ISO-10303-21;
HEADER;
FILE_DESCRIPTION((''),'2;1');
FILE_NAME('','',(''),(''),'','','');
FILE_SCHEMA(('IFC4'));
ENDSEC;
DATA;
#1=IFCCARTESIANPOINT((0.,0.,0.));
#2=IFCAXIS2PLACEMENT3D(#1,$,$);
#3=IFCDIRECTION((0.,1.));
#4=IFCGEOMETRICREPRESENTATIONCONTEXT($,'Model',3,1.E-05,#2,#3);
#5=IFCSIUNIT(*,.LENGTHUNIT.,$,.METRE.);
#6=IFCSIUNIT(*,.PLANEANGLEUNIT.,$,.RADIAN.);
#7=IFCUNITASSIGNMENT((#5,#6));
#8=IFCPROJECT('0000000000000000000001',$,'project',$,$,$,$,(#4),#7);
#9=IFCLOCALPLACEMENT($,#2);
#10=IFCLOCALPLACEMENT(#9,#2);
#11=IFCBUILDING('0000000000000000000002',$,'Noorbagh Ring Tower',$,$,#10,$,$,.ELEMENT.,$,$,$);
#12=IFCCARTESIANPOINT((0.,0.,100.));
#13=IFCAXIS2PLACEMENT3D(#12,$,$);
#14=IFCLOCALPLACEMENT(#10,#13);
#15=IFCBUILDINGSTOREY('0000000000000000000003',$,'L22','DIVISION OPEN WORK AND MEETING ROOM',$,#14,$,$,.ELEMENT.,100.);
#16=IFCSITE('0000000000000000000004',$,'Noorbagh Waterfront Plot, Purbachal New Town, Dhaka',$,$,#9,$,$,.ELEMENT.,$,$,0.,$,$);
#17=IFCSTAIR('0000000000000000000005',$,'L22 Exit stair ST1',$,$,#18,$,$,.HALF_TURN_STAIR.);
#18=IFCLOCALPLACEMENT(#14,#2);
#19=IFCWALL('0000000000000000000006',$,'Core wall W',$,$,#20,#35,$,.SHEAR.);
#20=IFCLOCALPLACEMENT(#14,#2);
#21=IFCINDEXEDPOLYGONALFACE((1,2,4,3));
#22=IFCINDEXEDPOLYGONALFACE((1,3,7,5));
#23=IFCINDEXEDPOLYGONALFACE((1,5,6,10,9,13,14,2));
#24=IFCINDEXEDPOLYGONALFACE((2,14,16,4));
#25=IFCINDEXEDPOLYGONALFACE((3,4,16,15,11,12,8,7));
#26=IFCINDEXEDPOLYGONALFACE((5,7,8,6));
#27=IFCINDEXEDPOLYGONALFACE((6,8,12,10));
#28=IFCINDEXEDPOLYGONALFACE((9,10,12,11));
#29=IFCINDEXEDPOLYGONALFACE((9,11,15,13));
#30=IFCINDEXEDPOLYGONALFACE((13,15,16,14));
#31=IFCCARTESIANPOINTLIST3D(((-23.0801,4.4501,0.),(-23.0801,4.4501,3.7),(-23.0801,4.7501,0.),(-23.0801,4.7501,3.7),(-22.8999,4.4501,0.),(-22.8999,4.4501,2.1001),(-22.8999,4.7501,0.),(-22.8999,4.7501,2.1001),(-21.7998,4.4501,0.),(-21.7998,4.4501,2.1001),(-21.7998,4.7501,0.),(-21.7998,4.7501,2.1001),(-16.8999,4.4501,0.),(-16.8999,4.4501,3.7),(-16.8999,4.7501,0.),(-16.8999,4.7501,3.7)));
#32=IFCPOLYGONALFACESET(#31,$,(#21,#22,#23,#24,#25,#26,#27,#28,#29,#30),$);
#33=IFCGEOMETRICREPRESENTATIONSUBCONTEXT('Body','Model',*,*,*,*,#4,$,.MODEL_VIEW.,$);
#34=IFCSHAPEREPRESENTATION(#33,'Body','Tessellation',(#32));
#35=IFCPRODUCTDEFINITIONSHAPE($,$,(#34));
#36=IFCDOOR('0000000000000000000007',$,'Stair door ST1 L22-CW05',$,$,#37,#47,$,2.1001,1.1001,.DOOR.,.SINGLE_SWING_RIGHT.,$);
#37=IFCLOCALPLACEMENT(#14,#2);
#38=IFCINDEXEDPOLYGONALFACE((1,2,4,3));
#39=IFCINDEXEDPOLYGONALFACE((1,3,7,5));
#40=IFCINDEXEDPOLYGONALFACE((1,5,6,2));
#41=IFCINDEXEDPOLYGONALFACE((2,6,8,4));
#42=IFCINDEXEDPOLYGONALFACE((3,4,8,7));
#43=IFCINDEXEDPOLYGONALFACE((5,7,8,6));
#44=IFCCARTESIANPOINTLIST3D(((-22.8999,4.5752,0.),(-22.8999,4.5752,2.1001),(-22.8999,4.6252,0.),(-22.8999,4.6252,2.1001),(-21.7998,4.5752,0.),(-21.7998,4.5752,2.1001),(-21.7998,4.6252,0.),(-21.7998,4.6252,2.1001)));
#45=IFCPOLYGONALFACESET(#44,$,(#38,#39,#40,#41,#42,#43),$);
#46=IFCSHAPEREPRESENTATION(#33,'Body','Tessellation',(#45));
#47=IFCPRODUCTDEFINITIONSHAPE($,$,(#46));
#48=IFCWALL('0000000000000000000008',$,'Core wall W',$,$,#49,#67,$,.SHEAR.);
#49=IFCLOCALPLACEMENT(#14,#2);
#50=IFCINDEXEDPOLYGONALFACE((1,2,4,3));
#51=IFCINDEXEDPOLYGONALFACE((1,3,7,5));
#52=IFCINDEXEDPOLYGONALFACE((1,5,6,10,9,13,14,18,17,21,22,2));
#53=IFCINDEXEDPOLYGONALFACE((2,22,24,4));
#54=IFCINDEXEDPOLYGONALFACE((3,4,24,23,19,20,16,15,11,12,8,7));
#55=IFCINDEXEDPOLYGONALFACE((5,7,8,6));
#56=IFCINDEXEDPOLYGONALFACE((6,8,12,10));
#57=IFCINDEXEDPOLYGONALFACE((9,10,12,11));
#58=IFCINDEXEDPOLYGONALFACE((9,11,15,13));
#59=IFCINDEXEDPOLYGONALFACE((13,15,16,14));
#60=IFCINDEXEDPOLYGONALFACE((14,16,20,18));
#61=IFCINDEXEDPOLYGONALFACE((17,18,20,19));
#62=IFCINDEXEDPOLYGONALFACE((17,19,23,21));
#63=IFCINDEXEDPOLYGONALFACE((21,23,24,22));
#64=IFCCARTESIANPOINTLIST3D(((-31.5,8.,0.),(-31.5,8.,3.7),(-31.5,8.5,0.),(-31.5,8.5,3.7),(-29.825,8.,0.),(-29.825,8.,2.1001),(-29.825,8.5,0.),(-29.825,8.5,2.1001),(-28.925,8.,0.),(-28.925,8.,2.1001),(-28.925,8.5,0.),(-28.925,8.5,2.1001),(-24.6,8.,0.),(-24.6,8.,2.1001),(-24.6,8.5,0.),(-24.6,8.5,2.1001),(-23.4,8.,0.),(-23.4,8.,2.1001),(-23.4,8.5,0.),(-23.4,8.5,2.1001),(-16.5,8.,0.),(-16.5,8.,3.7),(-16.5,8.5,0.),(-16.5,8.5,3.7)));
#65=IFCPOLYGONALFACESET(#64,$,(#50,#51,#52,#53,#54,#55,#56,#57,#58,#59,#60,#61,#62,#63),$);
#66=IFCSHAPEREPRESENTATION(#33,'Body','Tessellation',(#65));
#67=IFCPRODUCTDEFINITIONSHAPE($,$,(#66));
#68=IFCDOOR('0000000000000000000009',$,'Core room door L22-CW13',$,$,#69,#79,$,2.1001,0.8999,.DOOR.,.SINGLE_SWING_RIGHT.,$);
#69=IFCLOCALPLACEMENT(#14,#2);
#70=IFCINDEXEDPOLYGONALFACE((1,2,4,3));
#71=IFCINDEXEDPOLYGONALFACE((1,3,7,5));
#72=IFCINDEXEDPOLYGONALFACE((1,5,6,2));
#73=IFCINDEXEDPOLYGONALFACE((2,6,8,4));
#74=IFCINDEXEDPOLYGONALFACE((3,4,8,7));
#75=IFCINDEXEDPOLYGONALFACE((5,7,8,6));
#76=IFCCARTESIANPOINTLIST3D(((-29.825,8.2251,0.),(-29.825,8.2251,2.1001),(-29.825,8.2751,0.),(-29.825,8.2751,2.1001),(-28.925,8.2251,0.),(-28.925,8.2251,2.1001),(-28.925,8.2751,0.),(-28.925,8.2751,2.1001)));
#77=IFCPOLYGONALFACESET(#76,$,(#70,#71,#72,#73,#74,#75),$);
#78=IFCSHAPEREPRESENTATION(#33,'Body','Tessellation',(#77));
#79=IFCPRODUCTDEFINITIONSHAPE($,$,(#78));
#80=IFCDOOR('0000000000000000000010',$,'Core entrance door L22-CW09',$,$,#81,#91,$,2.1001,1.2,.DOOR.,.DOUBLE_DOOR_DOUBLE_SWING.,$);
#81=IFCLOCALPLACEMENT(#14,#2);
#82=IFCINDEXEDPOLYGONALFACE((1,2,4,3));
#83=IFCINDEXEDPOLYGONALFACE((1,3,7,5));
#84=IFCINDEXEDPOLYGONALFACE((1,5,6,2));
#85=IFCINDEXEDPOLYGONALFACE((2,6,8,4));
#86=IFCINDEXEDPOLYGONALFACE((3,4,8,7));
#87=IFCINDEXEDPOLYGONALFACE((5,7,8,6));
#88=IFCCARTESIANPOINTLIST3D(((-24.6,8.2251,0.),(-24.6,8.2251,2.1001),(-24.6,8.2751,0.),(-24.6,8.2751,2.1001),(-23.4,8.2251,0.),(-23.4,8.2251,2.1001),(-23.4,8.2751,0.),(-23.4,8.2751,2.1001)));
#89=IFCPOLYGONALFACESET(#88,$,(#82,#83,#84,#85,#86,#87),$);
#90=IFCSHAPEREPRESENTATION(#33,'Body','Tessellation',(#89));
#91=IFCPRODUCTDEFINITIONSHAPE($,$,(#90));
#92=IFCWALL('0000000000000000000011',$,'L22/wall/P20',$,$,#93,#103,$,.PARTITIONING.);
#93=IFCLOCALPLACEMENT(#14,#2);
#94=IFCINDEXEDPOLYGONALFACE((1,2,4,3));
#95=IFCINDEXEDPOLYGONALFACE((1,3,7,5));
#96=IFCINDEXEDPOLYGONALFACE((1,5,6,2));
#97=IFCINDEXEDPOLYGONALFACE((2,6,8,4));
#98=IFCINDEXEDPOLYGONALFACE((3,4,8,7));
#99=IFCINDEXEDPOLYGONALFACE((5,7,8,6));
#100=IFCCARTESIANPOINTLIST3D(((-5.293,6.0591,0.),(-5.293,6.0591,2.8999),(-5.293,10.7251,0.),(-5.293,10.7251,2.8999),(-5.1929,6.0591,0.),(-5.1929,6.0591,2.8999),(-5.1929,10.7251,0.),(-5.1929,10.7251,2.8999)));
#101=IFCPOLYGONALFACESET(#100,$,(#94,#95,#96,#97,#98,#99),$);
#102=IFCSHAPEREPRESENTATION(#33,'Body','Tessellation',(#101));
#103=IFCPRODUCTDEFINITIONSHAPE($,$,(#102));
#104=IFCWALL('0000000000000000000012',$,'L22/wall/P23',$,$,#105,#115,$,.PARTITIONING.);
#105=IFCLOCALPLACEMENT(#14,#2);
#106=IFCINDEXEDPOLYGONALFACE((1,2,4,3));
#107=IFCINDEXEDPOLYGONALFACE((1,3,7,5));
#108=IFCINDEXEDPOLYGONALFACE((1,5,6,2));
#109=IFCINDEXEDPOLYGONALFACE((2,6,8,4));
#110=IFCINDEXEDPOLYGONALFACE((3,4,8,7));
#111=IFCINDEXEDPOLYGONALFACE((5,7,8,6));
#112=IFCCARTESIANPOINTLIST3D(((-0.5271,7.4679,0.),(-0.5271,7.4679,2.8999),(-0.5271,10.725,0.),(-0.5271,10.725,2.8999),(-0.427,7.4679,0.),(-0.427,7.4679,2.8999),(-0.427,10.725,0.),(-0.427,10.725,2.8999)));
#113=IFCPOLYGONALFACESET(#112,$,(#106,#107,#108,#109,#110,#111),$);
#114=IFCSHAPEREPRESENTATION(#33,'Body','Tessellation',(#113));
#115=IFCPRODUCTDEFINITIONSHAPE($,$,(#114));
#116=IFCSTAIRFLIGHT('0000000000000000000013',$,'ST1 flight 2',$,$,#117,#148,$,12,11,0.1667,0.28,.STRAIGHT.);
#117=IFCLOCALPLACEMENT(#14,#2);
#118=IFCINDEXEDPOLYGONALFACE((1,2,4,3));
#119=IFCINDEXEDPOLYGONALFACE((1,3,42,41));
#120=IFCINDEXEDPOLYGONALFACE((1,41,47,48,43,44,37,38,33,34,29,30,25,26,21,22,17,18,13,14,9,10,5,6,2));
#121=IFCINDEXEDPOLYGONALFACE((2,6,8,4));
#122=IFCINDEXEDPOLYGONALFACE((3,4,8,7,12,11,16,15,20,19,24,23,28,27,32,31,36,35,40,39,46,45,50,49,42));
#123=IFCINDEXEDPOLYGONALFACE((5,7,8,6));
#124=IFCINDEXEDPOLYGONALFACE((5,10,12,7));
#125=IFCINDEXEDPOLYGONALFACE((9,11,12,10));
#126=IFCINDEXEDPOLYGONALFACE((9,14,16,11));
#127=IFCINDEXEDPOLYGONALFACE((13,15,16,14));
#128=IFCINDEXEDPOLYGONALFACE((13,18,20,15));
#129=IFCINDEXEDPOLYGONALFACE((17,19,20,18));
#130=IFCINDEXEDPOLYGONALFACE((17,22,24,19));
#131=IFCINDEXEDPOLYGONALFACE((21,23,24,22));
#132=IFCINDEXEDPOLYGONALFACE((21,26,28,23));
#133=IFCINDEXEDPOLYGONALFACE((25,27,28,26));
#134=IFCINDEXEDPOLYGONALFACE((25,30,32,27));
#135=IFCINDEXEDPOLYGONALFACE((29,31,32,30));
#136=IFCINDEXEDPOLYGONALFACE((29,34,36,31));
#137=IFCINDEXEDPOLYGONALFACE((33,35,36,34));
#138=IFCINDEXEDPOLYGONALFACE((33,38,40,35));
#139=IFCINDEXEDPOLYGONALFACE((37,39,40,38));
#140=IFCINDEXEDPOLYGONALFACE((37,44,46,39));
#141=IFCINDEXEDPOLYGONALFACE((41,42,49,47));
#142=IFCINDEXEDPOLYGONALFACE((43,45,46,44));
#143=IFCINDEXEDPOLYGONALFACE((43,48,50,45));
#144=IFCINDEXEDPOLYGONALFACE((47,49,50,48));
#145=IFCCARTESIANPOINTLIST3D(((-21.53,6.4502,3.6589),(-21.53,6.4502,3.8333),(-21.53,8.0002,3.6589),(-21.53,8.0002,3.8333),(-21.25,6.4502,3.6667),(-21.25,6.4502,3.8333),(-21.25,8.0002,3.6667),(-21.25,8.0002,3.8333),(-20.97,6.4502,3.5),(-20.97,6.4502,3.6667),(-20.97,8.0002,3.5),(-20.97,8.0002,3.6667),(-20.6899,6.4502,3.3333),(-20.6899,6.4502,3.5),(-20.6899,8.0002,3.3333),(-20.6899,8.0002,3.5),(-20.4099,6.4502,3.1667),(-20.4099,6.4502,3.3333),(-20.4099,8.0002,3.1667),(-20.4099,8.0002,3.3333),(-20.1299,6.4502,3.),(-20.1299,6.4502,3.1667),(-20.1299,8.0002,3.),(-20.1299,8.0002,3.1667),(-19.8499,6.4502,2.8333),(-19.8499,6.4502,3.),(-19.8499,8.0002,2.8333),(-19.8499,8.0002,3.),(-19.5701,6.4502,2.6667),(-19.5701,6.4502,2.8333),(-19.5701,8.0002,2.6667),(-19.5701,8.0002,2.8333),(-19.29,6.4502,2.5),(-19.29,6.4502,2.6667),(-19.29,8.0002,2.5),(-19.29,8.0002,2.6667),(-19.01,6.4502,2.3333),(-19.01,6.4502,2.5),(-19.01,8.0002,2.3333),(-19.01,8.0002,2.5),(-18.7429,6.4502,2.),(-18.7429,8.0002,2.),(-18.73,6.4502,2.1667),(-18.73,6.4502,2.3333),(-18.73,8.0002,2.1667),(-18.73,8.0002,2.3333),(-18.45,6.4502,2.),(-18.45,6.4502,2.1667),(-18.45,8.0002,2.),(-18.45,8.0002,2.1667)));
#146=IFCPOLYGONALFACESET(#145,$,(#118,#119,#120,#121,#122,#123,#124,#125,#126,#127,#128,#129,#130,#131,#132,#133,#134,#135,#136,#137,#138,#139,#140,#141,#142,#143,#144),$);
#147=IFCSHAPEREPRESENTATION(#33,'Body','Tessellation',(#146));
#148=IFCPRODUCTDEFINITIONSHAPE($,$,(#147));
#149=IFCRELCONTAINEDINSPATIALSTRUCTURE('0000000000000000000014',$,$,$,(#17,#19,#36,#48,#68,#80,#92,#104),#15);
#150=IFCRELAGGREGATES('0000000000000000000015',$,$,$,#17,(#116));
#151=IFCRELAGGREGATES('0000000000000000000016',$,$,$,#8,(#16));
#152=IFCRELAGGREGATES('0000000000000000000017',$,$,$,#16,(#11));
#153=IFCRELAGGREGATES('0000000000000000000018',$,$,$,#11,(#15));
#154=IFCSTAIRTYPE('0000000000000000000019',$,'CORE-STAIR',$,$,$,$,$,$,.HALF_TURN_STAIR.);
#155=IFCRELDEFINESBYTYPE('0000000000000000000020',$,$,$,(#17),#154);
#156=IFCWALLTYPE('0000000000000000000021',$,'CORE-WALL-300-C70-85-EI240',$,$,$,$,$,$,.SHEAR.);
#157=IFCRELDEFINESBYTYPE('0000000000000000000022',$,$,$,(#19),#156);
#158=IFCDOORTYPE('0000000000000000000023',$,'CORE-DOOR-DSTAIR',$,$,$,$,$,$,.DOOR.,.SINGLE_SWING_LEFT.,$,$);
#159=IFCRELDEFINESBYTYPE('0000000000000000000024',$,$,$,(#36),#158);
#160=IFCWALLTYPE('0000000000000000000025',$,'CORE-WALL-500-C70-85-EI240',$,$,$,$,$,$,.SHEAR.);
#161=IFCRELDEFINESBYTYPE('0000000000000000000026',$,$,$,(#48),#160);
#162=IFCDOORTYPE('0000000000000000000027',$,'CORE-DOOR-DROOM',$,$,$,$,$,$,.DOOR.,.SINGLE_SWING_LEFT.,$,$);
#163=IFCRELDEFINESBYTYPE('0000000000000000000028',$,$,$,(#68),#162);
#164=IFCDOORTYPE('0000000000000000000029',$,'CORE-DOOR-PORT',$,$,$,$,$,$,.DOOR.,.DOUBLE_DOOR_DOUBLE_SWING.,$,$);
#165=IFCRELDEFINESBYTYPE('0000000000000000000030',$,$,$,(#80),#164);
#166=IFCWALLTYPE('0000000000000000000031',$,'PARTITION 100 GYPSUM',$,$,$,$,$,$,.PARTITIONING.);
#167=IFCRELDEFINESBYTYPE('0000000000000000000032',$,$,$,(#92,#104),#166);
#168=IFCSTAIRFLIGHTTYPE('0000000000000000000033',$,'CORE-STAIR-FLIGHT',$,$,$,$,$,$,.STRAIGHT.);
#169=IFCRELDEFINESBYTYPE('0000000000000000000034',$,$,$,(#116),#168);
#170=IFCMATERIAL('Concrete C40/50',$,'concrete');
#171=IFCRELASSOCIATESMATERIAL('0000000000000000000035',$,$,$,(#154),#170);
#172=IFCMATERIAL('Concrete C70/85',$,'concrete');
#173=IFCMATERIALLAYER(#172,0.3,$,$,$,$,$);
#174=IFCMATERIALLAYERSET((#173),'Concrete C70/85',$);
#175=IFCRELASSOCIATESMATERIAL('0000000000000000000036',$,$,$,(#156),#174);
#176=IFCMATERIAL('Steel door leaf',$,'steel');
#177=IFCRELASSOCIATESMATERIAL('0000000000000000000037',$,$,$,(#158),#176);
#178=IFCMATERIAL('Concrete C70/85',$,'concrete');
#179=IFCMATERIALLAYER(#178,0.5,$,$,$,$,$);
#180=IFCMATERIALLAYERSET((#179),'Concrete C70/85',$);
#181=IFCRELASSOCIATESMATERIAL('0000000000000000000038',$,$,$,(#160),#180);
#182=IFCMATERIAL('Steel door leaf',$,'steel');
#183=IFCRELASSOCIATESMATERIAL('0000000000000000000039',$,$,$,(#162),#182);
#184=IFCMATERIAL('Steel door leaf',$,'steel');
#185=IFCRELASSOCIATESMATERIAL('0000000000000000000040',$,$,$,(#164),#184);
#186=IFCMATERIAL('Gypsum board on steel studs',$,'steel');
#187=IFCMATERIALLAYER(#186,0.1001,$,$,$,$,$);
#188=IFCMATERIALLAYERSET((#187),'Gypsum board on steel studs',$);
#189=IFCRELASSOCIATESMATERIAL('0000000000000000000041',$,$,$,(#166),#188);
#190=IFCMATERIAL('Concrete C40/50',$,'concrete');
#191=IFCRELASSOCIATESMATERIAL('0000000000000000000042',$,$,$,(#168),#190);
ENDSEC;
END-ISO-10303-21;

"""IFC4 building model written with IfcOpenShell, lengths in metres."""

from ifc_helpers import new_model, si_unit, direction, frame, frame_2d, origin, place, context, subcontext, project, spatial, polyline, rectangle, outline, extrude, material, layer, layer_set, type_object, element, fill, aggregate, save


model = new_model("IFC4")

# Units and contexts
model_context = context("Model", 3, precision=1e-05, world=origin(), true_north=direction((0.0, 1.0)))
body_context = subcontext(model_context, "Body", "Model", "MODEL_VIEW")
ifc_project = project(units=[si_unit("LENGTHUNIT", "METRE"), si_unit("PLANEANGLEUNIT", "RADIAN")], contexts=[model_context])

# Site, building, storey
site_placement = place(None, origin())
site = spatial("IfcSite", under=ifc_project, at=site_placement, Name="Noorbagh Waterfront Plot, Purbachal New Town, Dhaka", CompositionType="ELEMENT", RefElevation=0.0)
building_placement = place(site_placement, origin())
building = spatial("IfcBuilding", under=site, at=building_placement, Name="Noorbagh Ring Tower", CompositionType="ELEMENT")
storey_placement = place(building_placement, frame((0.0, 0.0, 100.0)))
storey = spatial("IfcBuildingStorey", under=building, at=storey_placement, Name="L22", Description="DIVISION OPEN WORK AND MEETING ROOM", CompositionType="ELEMENT", Elevation=100.0)

# Stair
ifc_material_1 = material(Name="Concrete C40/50", Category="concrete")
stair_type = type_object("IfcStairType", Name="CORE-STAIR", PredefinedType="HALF_TURN_STAIR", material=ifc_material_1)
stair_1_placement = place(storey_placement, origin())
stair_1 = element("IfcStair", 1, at=stair_1_placement, inside=storey, type_object=stair_type, Name="L22 Exit stair ST1", PredefinedType="HALF_TURN_STAIR")

# Wall, opening, door
ifc_material_2 = material(Name="Concrete C70/85", Category="concrete")
ifc_layer_1 = layer(ifc_material_2, 0.3)
ifc_layer_set_1 = layer_set([ifc_layer_1], Name="Concrete C70/85")
wall_type_1 = type_object("IfcWallType", Name="CORE-WALL-300-C70-85-EI240", PredefinedType="SHEAR", material=ifc_layer_set_1)
wall_1_placement = place(storey_placement, frame((-16.8999, 4.6001, 0.0), z_axis=(0.0, 0.0, 1.0), x_axis=(-1.0, 0.0, 0.0)))
wall_1 = element("IfcWall", 2, at=wall_1_placement, inside=storey, type_object=wall_type_1, Name="Core wall W", PredefinedType="SHEAR", context=body_context, shape_type="SweptSolid", body=[
    extrude(rectangle(XDim=6.1802, YDim=0.3, at=frame_2d((3.0901, 0.0))), origin(), (0.0, 0.0, 1.0), 3.7),
])
opening_1_placement = place(wall_1_placement, frame((4.8999, 0.0, 0.0)))
opening_1 = element("IfcOpeningElement", 3, at=opening_1_placement, cuts=wall_1, PredefinedType="OPENING", context=body_context, shape_type="SweptSolid", body=[
    extrude(rectangle(XDim=1.1001, YDim=2.1001, at=frame_2d((0.55, 1.05))), frame((0.0, 0.1602, 0.0), z_axis=(0.0, -1.0, 0.0), x_axis=(1.0, 0.0, 0.0)), (0.0, 0.0, 1.0), 0.3201),
])
ifc_material_3 = material(Name="Steel door leaf", Category="steel")
door_type_1 = type_object("IfcDoorType", Name="CORE-DOOR-DSTAIR", OperationType="SINGLE_SWING_LEFT", PredefinedType="DOOR", material=ifc_material_3)
door_1_placement = place(opening_1_placement, origin())
door_1 = element("IfcDoor", 4, at=door_1_placement, inside=storey, type_object=door_type_1, Name="Stair door ST1 L22-CW05", OperationType="SINGLE_SWING_RIGHT", OverallHeight=2.1001, OverallWidth=1.1001, PredefinedType="DOOR", context=body_context, shape_type="SweptSolid", body=[
    extrude(rectangle(XDim=1.1001, YDim=2.1001, at=frame_2d((0.55, 1.05))), frame((0.0, 0.0249, 0.0), z_axis=(0.0, -1.0, 0.0), x_axis=(1.0, 0.0, 0.0)), (0.0, 0.0, 1.0), 0.05),
])
fill(opening_1, door_1)

# Wall, openings, doors
ifc_material_4 = material(Name="Concrete C70/85", Category="concrete")
ifc_layer_2 = layer(ifc_material_4, 0.5)
ifc_layer_set_2 = layer_set([ifc_layer_2], Name="Concrete C70/85")
wall_type_2 = type_object("IfcWallType", Name="CORE-WALL-500-C70-85-EI240", PredefinedType="SHEAR", material=ifc_layer_set_2)
wall_2_placement = place(storey_placement, frame((-16.5, 8.25, 0.0), z_axis=(0.0, 0.0, 1.0), x_axis=(-1.0, 0.0, 0.0)))
wall_2 = element("IfcWall", 5, at=wall_2_placement, inside=storey, type_object=wall_type_2, Name="Core wall W", PredefinedType="SHEAR", context=body_context, shape_type="SweptSolid", body=[
    extrude(rectangle(XDim=15.0, YDim=0.5, at=frame_2d((7.5, 0.0))), origin(), (0.0, 0.0, 1.0), 3.7),
])
opening_2_placement = place(wall_2_placement, frame((6.8999, 0.0, 0.0)))
opening_2 = element("IfcOpeningElement", 6, at=opening_2_placement, cuts=wall_2, PredefinedType="OPENING", context=body_context, shape_type="SweptSolid", body=[
    extrude(rectangle(XDim=1.2, YDim=2.1001, at=frame_2d((0.6001, 1.05))), frame((0.0, 0.26, 0.0), z_axis=(0.0, -1.0, 0.0), x_axis=(1.0, 0.0, 0.0)), (0.0, 0.0, 1.0), 0.52),
])
opening_3_placement = place(wall_2_placement, frame((12.425, 0.0, 0.0)))
opening_3 = element("IfcOpeningElement", 7, at=opening_3_placement, cuts=wall_2, PredefinedType="OPENING", context=body_context, shape_type="SweptSolid", body=[
    extrude(rectangle(XDim=0.8999, YDim=2.1001, at=frame_2d((0.45, 1.05))), frame((0.0, 0.26, 0.0), z_axis=(0.0, -1.0, 0.0), x_axis=(1.0, 0.0, 0.0)), (0.0, 0.0, 1.0), 0.52),
])
ifc_material_5 = material(Name="Steel door leaf", Category="steel")
door_type_2 = type_object("IfcDoorType", Name="CORE-DOOR-DROOM", OperationType="SINGLE_SWING_LEFT", PredefinedType="DOOR", material=ifc_material_5)
door_2_placement = place(opening_3_placement, origin())
door_2 = element("IfcDoor", 8, at=door_2_placement, inside=storey, type_object=door_type_2, Name="Core room door L22-CW13", OperationType="SINGLE_SWING_RIGHT", OverallHeight=2.1001, OverallWidth=0.8999, PredefinedType="DOOR", context=body_context, shape_type="SweptSolid", body=[
    extrude(rectangle(XDim=0.8999, YDim=2.1001, at=frame_2d((0.45, 1.05))), frame((0.0, 0.0249, 0.0), z_axis=(0.0, -1.0, 0.0), x_axis=(1.0, 0.0, 0.0)), (0.0, 0.0, 1.0), 0.05),
])
fill(opening_3, door_2)
ifc_material_6 = material(Name="Steel door leaf", Category="steel")
door_type_3 = type_object("IfcDoorType", Name="CORE-DOOR-PORT", OperationType="DOUBLE_DOOR_DOUBLE_SWING", PredefinedType="DOOR", material=ifc_material_6)
door_3_placement = place(opening_2_placement, origin())
door_3 = element("IfcDoor", 9, at=door_3_placement, inside=storey, type_object=door_type_3, Name="Core entrance door L22-CW09", OperationType="DOUBLE_DOOR_DOUBLE_SWING", OverallHeight=2.1001, OverallWidth=1.2, PredefinedType="DOOR", context=body_context, shape_type="SweptSolid", body=[
    extrude(rectangle(XDim=1.2, YDim=2.1001, at=frame_2d((0.6001, 1.05))), frame((0.0, 0.0249, 0.0), z_axis=(0.0, -1.0, 0.0), x_axis=(1.0, 0.0, 0.0)), (0.0, 0.0, 1.0), 0.05),
])
fill(opening_2, door_3)

# Walls
ifc_material_7 = material(Name="Gypsum board on steel studs", Category="steel")
ifc_layer_3 = layer(ifc_material_7, 0.1001)
ifc_layer_set_3 = layer_set([ifc_layer_3], Name="Gypsum board on steel studs")
wall_type_3 = type_object("IfcWallType", Name="PARTITION 100 GYPSUM", PredefinedType="PARTITIONING", material=ifc_layer_set_3)
wall_3_placement = place(storey_placement, frame((-5.2429, 6.0591, 0.0), z_axis=(0.0, 0.0, 1.0), x_axis=(0.0, 1.0, 0.0)))
element("IfcWall", 10, at=wall_3_placement, inside=storey, type_object=wall_type_3, Name="L22/wall/P20", PredefinedType="PARTITIONING", context=body_context, shape_type="SweptSolid", body=[
    extrude(rectangle(XDim=4.666, YDim=0.1001, at=frame_2d((2.333, 0.0))), origin(), (0.0, 0.0, 1.0), 2.8999),
])
wall_4_placement = place(storey_placement, frame((-0.4771, 7.468, 0.0), z_axis=(0.0, 0.0, 1.0), x_axis=(0.0, 1.0, 0.0)))
element("IfcWall", 11, at=wall_4_placement, inside=storey, type_object=wall_type_3, Name="L22/wall/P23", PredefinedType="PARTITIONING", context=body_context, shape_type="SweptSolid", body=[
    extrude(rectangle(XDim=3.2571, YDim=0.1001, at=frame_2d((1.6284, 0.0))), origin(), (0.0, 0.0, 1.0), 2.8999),
])

# Stair flight
ifc_material_8 = material(Name="Concrete C40/50", Category="concrete")
stair_flight_type = type_object("IfcStairFlightType", Name="CORE-STAIR-FLIGHT", PredefinedType="STRAIGHT", material=ifc_material_8)
stair_flight_placement = place(storey_placement, frame((-18.45, 7.2251, 2.0), z_axis=(0.0, 0.0, 1.0), x_axis=(-1.0, 0.0, 0.0)))
stair_flight = element("IfcStairFlight", 12, at=stair_flight_placement, type_object=stair_flight_type, Name="ST1 flight 2", NumberOfRisers=12, NumberOfTreads=11, PredefinedType="STRAIGHT", RiserHeight=0.1667, TreadLength=0.28, context=body_context, shape_type="SweptSolid", body=[
    extrude(outline(polyline([(0.0, 0.0), (0.0, 0.1667), (0.28, 0.1667), (0.28, 0.3333), (0.5601, 0.3333), (0.5601, 0.5), (0.8401, 0.5), (0.8401, 0.6667), (1.1201, 0.6667), (1.1201, 0.8333), (1.3999, 0.8333), (1.3999, 1.0), (1.6799, 1.0), (1.6799, 1.1667), (1.96, 1.1667), (1.96, 1.3333), (2.24, 1.3333), (2.24, 1.5), (2.52, 1.5), (2.52, 1.6667), (2.8, 1.6667), (2.8, 1.8333), (3.0801, 1.8333), (3.0801, 2.0), (3.0801, 1.6589), (0.293, 0.0), (0.0, 0.0)])), frame((0.0, 0.7749, 0.0), z_axis=(0.0, -1.0, 0.0), x_axis=(1.0, 0.0, 0.0)), (0.0, 0.0, 1.0), 1.55),
])
aggregate(stair_1, [stair_flight])

save(model, "model.ifc")
